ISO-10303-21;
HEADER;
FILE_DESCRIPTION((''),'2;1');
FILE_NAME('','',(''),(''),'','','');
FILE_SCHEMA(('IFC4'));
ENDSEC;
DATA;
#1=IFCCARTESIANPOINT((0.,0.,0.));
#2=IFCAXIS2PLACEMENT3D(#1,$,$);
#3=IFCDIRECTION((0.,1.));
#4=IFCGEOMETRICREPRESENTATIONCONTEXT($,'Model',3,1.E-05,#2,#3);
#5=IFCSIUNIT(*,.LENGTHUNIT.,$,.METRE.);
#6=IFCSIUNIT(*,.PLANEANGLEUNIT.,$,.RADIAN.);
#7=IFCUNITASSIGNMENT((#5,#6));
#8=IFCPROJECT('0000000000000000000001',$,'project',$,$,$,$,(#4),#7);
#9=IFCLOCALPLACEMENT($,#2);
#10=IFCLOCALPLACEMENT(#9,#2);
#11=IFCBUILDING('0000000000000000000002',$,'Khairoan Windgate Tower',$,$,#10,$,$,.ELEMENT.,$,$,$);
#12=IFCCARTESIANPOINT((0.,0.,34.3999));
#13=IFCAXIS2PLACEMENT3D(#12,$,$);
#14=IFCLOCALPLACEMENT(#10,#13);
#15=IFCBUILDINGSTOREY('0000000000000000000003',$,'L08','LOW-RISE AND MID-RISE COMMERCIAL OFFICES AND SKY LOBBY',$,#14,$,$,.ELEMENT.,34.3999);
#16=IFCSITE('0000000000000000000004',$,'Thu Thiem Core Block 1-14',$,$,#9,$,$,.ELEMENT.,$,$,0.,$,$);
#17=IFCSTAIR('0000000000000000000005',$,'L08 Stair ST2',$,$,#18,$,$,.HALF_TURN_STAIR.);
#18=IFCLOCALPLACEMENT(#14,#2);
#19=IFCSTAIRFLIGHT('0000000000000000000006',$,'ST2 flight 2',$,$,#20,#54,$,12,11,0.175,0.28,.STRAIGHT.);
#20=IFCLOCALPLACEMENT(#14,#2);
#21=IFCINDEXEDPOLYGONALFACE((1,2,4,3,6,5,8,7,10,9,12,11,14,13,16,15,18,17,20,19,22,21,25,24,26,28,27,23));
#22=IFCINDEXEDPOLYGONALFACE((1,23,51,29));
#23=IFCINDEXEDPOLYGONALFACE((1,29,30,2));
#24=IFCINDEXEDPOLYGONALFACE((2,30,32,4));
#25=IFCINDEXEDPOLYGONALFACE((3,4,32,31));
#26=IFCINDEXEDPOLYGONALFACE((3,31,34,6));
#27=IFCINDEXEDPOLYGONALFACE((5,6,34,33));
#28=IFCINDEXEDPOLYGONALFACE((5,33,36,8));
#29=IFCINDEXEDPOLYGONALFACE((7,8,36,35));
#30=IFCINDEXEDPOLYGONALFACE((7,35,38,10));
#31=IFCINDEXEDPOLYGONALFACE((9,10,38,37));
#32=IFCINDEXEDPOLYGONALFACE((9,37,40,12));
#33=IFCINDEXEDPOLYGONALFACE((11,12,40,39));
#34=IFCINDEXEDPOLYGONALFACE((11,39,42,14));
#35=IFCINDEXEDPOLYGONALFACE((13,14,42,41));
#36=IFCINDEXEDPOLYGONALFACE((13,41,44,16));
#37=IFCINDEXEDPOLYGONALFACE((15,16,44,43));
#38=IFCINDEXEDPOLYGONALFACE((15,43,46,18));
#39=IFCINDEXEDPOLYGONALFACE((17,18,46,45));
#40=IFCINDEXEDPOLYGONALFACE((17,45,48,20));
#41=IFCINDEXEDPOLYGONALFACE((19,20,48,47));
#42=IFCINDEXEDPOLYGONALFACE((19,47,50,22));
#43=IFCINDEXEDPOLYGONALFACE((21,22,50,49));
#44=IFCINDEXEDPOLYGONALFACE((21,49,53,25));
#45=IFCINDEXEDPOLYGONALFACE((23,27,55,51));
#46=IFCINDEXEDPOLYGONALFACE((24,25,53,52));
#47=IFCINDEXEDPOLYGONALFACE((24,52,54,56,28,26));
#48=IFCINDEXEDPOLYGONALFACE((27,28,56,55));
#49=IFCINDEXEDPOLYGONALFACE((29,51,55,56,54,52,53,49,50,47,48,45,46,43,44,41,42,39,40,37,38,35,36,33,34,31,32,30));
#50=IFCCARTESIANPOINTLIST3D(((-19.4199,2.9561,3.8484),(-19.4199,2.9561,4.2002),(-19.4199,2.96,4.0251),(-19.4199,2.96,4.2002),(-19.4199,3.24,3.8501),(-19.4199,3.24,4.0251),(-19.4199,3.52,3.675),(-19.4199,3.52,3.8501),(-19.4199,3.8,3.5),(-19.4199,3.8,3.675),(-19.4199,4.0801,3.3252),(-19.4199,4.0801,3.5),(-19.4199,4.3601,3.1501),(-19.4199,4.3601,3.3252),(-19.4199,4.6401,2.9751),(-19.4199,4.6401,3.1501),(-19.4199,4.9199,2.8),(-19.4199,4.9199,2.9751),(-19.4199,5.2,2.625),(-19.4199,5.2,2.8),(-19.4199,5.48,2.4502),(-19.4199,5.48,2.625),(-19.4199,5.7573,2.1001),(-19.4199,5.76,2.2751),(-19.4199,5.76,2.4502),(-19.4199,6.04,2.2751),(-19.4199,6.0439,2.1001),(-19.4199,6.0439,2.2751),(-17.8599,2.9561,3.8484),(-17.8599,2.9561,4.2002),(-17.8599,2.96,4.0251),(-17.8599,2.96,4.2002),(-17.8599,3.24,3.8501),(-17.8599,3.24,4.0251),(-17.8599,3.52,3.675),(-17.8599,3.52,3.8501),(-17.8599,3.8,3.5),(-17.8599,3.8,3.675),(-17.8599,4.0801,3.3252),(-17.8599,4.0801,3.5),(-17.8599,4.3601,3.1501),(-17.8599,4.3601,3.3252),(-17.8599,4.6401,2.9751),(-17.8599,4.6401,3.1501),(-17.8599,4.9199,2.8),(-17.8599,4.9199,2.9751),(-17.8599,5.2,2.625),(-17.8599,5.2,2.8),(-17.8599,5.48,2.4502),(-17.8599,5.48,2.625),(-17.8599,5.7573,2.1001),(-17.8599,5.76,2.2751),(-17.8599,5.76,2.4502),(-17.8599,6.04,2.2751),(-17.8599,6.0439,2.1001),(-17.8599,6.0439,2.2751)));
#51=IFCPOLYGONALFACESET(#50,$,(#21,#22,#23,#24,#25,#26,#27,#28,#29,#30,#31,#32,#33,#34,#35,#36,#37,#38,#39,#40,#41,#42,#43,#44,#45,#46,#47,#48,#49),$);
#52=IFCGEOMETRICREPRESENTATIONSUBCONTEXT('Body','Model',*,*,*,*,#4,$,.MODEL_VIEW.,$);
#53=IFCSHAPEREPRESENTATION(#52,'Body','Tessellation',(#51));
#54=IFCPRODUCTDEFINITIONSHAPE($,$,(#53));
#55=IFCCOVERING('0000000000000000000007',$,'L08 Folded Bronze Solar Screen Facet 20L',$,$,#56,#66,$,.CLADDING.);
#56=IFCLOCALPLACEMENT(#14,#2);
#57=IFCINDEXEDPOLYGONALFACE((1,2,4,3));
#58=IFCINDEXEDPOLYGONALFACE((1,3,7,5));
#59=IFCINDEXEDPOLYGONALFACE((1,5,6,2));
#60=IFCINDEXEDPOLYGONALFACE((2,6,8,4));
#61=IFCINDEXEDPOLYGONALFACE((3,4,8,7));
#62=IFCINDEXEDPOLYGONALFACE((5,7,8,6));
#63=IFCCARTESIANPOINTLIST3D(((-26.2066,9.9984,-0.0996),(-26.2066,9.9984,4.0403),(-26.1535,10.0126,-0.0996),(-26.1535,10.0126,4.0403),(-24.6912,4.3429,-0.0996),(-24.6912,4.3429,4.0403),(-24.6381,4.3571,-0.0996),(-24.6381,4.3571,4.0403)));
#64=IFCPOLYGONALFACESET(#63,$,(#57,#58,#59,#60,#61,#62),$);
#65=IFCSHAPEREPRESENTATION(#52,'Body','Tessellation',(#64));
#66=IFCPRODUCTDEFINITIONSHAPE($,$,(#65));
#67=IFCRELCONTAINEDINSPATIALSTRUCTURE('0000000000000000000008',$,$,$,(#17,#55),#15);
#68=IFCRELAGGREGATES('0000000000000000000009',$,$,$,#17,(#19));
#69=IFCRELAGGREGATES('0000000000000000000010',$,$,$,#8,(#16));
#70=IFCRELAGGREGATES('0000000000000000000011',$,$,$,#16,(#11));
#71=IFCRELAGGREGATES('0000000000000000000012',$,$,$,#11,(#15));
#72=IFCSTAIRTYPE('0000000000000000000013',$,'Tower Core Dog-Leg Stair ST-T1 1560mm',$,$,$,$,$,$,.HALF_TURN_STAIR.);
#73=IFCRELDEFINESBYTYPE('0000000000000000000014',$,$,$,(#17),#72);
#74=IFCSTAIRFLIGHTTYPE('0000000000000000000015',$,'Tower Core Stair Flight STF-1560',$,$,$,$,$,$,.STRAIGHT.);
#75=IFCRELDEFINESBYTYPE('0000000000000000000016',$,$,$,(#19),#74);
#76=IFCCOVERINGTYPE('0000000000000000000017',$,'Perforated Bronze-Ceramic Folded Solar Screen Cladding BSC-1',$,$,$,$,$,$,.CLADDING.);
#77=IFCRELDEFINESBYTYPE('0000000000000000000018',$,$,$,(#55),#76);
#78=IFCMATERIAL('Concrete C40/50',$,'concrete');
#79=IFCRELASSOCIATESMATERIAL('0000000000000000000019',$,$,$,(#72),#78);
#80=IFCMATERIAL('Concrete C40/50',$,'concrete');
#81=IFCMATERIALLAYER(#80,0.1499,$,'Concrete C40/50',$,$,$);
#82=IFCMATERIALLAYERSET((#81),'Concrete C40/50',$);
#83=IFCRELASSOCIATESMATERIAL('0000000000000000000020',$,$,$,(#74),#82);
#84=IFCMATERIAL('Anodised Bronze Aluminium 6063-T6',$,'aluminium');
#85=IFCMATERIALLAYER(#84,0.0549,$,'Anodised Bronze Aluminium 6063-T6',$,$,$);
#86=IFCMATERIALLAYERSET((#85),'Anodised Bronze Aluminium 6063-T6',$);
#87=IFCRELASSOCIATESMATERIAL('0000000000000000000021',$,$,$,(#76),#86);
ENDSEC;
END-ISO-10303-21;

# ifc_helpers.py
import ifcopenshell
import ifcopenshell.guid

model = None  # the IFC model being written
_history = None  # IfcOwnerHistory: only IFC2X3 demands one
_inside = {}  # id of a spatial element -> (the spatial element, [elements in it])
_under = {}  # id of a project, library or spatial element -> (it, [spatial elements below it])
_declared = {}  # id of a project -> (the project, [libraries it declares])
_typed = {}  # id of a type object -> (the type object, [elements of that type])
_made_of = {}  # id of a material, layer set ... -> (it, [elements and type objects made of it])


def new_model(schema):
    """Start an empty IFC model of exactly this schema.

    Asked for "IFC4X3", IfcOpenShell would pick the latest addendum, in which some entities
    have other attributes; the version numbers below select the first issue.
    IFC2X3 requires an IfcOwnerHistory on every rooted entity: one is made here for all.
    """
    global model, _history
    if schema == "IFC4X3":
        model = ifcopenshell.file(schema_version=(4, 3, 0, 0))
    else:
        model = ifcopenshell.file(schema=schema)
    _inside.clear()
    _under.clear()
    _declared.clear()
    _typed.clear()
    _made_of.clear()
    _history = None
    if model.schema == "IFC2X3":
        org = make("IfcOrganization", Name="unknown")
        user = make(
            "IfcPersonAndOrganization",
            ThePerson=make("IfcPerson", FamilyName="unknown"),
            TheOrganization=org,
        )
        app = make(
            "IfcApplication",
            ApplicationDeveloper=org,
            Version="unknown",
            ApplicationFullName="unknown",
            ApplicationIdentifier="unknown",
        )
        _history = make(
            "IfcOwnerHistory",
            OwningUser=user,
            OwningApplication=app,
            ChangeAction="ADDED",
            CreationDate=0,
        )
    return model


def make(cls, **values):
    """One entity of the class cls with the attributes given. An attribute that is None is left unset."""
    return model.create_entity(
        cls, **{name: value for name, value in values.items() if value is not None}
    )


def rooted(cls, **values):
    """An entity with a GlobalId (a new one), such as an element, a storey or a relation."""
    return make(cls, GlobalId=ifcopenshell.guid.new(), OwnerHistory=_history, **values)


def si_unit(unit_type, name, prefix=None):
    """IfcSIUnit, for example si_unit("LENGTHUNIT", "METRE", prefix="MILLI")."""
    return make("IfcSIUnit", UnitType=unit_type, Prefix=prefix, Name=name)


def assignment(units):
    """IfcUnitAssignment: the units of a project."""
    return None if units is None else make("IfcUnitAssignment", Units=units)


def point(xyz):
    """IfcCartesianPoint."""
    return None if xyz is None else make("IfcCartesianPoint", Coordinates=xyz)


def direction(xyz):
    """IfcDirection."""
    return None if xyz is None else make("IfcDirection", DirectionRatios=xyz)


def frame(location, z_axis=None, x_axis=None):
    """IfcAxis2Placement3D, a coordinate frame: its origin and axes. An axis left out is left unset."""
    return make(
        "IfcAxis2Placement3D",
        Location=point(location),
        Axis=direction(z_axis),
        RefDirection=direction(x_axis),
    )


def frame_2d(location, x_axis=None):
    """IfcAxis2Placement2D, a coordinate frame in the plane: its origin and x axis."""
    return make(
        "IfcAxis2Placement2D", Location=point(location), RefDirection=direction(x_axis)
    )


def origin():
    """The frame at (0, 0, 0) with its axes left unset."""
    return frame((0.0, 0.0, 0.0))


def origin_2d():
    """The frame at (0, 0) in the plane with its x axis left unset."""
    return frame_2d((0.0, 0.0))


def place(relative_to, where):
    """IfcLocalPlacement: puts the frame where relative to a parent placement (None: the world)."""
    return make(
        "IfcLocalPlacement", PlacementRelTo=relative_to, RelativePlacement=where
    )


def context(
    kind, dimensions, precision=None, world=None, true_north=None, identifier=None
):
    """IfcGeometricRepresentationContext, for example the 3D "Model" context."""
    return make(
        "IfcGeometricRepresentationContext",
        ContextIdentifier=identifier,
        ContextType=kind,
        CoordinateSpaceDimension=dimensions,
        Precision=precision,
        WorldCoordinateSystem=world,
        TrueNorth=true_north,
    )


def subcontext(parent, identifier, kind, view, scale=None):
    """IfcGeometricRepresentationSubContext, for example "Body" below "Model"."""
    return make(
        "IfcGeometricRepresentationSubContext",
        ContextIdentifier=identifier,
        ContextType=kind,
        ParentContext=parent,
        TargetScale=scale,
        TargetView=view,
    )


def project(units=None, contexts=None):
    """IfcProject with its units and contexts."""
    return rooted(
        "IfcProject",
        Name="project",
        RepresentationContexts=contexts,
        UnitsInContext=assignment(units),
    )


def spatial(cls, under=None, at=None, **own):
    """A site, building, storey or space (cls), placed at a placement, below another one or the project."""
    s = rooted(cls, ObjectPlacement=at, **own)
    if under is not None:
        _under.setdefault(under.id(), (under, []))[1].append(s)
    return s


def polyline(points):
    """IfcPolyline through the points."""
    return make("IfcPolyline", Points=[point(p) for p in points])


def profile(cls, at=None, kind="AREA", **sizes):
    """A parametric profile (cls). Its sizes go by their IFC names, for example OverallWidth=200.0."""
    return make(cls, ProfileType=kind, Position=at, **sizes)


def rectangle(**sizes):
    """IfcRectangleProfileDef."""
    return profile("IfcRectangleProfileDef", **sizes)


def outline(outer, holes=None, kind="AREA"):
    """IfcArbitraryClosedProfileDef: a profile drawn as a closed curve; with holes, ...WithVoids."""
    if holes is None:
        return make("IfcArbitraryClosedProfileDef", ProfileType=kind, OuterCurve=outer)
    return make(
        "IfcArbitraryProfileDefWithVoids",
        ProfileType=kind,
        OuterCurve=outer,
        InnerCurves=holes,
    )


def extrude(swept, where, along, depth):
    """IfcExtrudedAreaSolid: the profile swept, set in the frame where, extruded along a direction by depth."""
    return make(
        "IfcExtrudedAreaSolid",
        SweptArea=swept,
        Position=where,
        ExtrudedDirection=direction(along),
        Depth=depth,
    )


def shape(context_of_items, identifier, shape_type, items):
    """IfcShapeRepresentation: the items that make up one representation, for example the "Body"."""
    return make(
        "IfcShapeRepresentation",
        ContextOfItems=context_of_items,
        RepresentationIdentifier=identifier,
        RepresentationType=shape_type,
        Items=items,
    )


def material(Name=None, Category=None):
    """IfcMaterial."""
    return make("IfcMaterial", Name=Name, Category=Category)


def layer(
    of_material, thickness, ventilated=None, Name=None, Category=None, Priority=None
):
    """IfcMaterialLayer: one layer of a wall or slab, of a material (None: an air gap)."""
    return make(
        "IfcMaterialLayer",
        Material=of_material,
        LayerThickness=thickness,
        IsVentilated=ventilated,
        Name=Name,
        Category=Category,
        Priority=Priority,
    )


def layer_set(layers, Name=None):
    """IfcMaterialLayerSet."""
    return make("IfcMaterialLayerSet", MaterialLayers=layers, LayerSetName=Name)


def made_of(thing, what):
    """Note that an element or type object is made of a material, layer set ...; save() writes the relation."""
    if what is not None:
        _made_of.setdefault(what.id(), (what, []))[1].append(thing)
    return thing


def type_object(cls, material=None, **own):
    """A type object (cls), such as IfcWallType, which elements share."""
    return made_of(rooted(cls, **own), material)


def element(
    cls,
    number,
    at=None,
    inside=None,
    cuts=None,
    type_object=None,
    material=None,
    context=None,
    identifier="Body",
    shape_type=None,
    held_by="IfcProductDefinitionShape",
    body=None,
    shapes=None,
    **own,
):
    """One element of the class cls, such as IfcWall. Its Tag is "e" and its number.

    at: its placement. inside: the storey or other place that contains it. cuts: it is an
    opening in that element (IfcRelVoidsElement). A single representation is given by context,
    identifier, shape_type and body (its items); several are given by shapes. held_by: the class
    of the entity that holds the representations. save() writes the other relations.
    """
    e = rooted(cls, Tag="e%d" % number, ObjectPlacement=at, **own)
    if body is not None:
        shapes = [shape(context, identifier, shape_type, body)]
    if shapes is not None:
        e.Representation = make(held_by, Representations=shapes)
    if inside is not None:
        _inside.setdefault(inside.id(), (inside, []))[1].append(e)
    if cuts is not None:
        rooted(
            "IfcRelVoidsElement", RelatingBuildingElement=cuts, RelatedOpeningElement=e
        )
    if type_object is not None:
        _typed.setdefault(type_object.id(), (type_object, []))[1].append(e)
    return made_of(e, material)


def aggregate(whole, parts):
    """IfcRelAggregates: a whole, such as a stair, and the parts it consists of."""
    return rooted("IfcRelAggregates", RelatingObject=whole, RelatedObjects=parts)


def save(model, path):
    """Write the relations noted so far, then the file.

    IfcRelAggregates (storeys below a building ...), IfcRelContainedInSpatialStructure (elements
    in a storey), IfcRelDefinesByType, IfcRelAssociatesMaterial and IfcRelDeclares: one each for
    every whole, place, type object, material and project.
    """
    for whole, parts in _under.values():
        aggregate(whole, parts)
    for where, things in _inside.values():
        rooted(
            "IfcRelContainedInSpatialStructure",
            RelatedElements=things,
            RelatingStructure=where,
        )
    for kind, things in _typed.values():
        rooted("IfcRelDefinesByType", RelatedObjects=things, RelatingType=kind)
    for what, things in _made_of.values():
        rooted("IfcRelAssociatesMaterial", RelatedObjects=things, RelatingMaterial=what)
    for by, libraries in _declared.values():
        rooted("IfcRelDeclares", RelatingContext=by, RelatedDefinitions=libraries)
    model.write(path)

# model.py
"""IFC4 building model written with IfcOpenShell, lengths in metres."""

from ifc_helpers import new_model, si_unit, direction, frame, origin, origin_2d, place, context, subcontext, project, spatial, polyline, rectangle, outline, extrude, material, layer, layer_set, type_object, element, aggregate, save


model = new_model("IFC4")

# Units and contexts
model_context = context("Model", 3, precision=1e-05, world=origin(), true_north=direction((0.0, 1.0)))
body_context = subcontext(model_context, "Body", "Model", "MODEL_VIEW")
ifc_project = project(units=[si_unit("LENGTHUNIT", "METRE"), si_unit("PLANEANGLEUNIT", "RADIAN")], contexts=[model_context])

# Site, building, storey
site_placement = place(None, origin())
site = spatial("IfcSite", under=ifc_project, at=site_placement, Name="Thu Thiem Core Block 1-14", CompositionType="ELEMENT", RefElevation=0.0)
building_placement = place(site_placement, origin())
building = spatial("IfcBuilding", under=site, at=building_placement, Name="Khairoan Windgate Tower", CompositionType="ELEMENT")
storey_placement = place(building_placement, frame((0.0, 0.0, 34.3999)))
storey = spatial("IfcBuildingStorey", under=building, at=storey_placement, Name="L08", Description="LOW-RISE AND MID-RISE COMMERCIAL OFFICES AND SKY LOBBY", CompositionType="ELEMENT", Elevation=34.3999)

# Stair, stair flight
ifc_material_1 = material(Name="Concrete C40/50", Category="concrete")
stair_type = type_object("IfcStairType", Name="Tower Core Dog-Leg Stair ST-T1 1560mm", PredefinedType="HALF_TURN_STAIR", material=ifc_material_1)
stair_placement = place(storey_placement, origin())
stair = element("IfcStair", 1, at=stair_placement, inside=storey, type_object=stair_type, Name="L08 Stair ST2", PredefinedType="HALF_TURN_STAIR")
ifc_material_2 = material(Name="Concrete C40/50", Category="concrete")
ifc_layer_1 = layer(ifc_material_2, 0.1499, Name="Concrete C40/50")
ifc_layer_set_1 = layer_set([ifc_layer_1], Name="Concrete C40/50")
stair_flight_type = type_object("IfcStairFlightType", Name="Tower Core Stair Flight STF-1560", PredefinedType="STRAIGHT", material=ifc_layer_set_1)
stair_flight_1_placement = place(storey_placement, frame((-18.6399, 6.04, 2.1001), z_axis=(0.0, 0.0, 1.0), x_axis=(0.0, -1.0, 0.0)))
stair_flight_1 = element("IfcStairFlight", 2, at=stair_flight_1_placement, type_object=stair_flight_type, Name="ST2 flight 2", NumberOfRisers=12, NumberOfTreads=11, PredefinedType="STRAIGHT", RiserHeight=0.175, TreadLength=0.28, context=body_context, shape_type="SweptSolid", body=[
    extrude(outline(polyline([(-0.0039, 0.0), (-0.0039, 0.175), (0.0, 0.175), (0.28, 0.175), (0.28, 0.3501), (0.5601, 0.3501), (0.5601, 0.5249), (0.8401, 0.5249), (0.8401, 0.7), (1.1201, 0.7), (1.1201, 0.875), (1.3999, 0.875), (1.3999, 1.05), (1.6799, 1.05), (1.6799, 1.2251), (1.96, 1.2251), (1.96, 1.3999), (2.24, 1.3999), (2.24, 1.575), (2.52, 1.575), (2.52, 1.75), (2.8, 1.75), (2.8, 1.925), (3.0801, 1.925), (3.0801, 2.1001), (3.084, 2.1001), (3.084, 1.7483), (0.2827, 0.0), (-0.0039, 0.0)])), frame((0.0, 0.78, 0.0), z_axis=(0.0, -1.0, 0.0), x_axis=(1.0, 0.0, 0.0)), (0.0, 0.0, 1.0), 1.5601),
])
aggregate(stair, [stair_flight_1])

# Covering
ifc_material_3 = material(Name="Anodised Bronze Aluminium 6063-T6", Category="aluminium")
ifc_layer_2 = layer(ifc_material_3, 0.0549, Name="Anodised Bronze Aluminium 6063-T6")
ifc_layer_set_2 = layer_set([ifc_layer_2], Name="Anodised Bronze Aluminium 6063-T6")
covering_type = type_object("IfcCoveringType", Name="Perforated Bronze-Ceramic Folded Solar Screen Cladding BSC-1", PredefinedType="CLADDING", material=ifc_layer_set_2)
covering_placement = place(storey_placement, frame((-25.4224, 7.1777, -0.0996), z_axis=(0.0, 0.0, 1.0), x_axis=(-0.258819, 0.965926, 0.0)))
element("IfcCovering", 3, at=covering_placement, inside=storey, type_object=covering_type, Name="L08 Folded Bronze Solar Screen Facet 20L", PredefinedType="CLADDING", context=body_context, shape_type="SweptSolid", body=[
    extrude(rectangle(XDim=5.855, YDim=0.0549, at=origin_2d()), origin(), (0.0, 0.0, 1.0), 4.1399),
])

save(model, "model.ifc")
